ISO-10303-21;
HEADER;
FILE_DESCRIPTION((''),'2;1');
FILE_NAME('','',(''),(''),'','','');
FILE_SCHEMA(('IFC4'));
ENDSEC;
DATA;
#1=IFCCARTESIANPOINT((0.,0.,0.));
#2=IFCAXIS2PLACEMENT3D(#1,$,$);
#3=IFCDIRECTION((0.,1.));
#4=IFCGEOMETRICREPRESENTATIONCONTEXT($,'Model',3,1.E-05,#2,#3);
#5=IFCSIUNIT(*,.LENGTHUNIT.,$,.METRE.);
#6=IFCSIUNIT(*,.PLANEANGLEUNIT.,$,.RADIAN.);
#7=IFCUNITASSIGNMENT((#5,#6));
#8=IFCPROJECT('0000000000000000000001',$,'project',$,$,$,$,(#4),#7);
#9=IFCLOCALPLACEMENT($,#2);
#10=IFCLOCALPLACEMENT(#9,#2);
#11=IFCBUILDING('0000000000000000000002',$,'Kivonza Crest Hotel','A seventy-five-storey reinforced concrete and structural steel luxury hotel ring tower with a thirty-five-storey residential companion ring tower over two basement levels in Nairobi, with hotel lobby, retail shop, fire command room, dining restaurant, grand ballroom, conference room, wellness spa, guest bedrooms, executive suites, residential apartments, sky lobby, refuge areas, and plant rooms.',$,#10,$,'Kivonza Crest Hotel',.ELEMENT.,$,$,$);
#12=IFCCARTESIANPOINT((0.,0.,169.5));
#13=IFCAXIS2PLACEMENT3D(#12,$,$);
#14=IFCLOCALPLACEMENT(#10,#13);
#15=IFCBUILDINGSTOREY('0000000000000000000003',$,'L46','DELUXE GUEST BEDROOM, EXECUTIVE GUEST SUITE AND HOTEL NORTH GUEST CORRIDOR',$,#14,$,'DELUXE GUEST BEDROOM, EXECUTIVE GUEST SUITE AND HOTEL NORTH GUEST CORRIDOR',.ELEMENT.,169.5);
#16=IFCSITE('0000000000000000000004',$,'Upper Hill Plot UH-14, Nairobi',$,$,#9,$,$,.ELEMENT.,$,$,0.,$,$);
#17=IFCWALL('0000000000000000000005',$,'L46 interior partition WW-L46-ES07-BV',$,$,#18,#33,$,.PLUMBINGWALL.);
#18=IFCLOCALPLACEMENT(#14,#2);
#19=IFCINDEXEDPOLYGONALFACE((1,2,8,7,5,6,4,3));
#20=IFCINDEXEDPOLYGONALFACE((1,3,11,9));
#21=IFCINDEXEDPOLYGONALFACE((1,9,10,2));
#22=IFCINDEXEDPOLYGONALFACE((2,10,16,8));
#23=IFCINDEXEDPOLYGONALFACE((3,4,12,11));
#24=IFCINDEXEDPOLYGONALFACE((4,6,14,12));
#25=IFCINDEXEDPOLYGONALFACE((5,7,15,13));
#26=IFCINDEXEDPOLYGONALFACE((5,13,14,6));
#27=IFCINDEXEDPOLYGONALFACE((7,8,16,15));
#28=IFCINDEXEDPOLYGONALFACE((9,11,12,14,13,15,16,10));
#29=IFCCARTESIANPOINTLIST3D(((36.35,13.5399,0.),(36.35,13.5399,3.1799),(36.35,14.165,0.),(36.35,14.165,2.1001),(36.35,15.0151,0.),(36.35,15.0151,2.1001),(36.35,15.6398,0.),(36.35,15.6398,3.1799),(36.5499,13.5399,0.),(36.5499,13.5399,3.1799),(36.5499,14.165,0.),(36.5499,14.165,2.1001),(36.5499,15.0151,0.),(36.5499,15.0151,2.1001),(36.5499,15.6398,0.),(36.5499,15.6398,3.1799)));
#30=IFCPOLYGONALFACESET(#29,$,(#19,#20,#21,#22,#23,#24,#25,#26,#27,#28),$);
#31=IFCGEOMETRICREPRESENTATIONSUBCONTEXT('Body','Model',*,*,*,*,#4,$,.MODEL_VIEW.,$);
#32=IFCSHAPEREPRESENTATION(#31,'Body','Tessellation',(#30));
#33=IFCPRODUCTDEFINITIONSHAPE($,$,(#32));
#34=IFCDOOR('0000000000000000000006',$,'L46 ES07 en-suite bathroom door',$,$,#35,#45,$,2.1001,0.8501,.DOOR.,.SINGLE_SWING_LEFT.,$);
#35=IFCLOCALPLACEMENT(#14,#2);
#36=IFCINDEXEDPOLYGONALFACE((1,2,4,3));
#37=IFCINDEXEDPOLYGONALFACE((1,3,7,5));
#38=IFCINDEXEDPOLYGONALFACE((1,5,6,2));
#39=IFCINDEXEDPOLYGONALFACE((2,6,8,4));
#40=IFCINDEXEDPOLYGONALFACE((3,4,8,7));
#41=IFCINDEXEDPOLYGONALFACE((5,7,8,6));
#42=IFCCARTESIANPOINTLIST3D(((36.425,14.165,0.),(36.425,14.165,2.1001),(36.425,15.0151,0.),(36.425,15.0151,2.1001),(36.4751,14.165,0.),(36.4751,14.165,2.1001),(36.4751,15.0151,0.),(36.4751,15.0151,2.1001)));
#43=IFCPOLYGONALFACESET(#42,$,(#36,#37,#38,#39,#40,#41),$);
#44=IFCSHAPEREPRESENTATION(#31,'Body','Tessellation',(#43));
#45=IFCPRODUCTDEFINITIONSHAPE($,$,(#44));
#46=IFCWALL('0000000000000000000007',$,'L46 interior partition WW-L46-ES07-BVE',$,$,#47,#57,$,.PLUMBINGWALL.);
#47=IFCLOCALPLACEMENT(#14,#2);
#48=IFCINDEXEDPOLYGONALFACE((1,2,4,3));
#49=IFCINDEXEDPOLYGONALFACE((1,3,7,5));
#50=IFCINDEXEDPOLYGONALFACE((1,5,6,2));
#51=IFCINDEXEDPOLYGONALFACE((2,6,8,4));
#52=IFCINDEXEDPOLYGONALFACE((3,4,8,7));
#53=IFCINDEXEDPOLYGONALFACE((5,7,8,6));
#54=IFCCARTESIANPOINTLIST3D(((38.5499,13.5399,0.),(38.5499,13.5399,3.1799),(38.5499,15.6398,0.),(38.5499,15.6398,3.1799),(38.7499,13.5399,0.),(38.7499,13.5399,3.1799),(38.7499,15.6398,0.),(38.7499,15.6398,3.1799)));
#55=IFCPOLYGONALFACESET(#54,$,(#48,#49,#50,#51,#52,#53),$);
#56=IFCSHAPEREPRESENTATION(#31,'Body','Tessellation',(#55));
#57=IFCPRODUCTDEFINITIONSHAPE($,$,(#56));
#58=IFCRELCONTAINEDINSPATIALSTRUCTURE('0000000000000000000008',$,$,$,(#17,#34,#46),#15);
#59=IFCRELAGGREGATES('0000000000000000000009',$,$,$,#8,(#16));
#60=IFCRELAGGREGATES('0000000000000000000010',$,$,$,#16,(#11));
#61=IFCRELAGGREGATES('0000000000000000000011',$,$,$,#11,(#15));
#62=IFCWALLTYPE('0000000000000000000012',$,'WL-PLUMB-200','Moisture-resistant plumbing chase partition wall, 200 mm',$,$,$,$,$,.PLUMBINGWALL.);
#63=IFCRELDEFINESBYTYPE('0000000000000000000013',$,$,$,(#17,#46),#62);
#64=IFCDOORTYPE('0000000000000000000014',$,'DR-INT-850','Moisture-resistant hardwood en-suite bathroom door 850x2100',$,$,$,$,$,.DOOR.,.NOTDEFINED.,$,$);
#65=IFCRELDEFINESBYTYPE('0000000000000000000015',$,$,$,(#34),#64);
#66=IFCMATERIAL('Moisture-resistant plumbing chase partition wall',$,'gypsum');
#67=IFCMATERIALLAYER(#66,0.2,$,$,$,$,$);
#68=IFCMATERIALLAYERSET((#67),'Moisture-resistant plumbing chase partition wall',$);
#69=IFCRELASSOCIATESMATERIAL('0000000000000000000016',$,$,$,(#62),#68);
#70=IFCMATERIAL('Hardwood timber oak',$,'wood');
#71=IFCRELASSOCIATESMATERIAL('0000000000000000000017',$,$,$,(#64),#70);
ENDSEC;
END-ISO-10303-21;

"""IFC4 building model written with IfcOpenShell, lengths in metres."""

from ifc_helpers import new_model, si_unit, direction, frame, frame_2d, origin, place, context, subcontext, project, spatial, rectangle, extrude, material, layer, layer_set, type_object, element, fill, save


model = new_model("IFC4")

# Units and contexts
model_context = context("Model", 3, precision=1e-05, world=origin(), true_north=direction((0.0, 1.0)))
body_context = subcontext(model_context, "Body", "Model", "MODEL_VIEW")
ifc_project = project(units=[si_unit("LENGTHUNIT", "METRE"), si_unit("PLANEANGLEUNIT", "RADIAN")], contexts=[model_context])

# Site, building, storey
site_placement = place(None, origin())
site = spatial("IfcSite", under=ifc_project, at=site_placement, Name="Upper Hill Plot UH-14, Nairobi", CompositionType="ELEMENT", RefElevation=0.0)
building_placement = place(site_placement, origin())
building = spatial("IfcBuilding", under=site, at=building_placement, Name="Kivonza Crest Hotel", Description="A seventy-five-storey reinforced concrete and structural steel luxury hotel ring tower with a thirty-five-storey residential companion ring tower over two basement levels in Nairobi, with hotel lobby, retail shop, fire command room, dining restaurant, grand ballroom, conference room, wellness spa, guest bedrooms, executive suites, residential apartments, sky lobby, refuge areas, and plant rooms.", LongName="Kivonza Crest Hotel", CompositionType="ELEMENT")
storey_placement = place(building_placement, frame((0.0, 0.0, 169.5)))
storey = spatial("IfcBuildingStorey", under=building, at=storey_placement, Name="L46", Description="DELUXE GUEST BEDROOM, EXECUTIVE GUEST SUITE AND HOTEL NORTH GUEST CORRIDOR", LongName="DELUXE GUEST BEDROOM, EXECUTIVE GUEST SUITE AND HOTEL NORTH GUEST CORRIDOR", CompositionType="ELEMENT", Elevation=169.5)

# Shared definitions
ifc_material_1 = material(Name="Hardwood timber oak", Category="wood")

# Wall, opening, door
ifc_material_2 = material(Name="Moisture-resistant plumbing chase partition wall", Category="gypsum")
ifc_layer_1 = layer(ifc_material_2, 0.2)
ifc_layer_set_1 = layer_set([ifc_layer_1], Name="Moisture-resistant plumbing chase partition wall")
wall_type_1 = type_object("IfcWallType", Name="WL-PLUMB-200", Description="Moisture-resistant plumbing chase partition wall, 200 mm", PredefinedType="PLUMBINGWALL", material=ifc_layer_set_1)
wall_1_placement = place(storey_placement, frame((36.45, 13.54, 0.0), z_axis=(0.0, 0.0, 1.0), x_axis=(0.0, 1.0, 0.0)))
wall_1 = element("IfcWall", 1, at=wall_1_placement, inside=storey, type_object=wall_type_1, Name="L46 interior partition WW-L46-ES07-BV", PredefinedType="PLUMBINGWALL", context=body_context, shape_type="SweptSolid", body=[
    extrude(rectangle(XDim=2.0999, YDim=0.2, at=frame_2d((1.0498, 0.0))), origin(), (0.0, 0.0, 1.0), 3.1799),
])
opening_1_placement = place(wall_1_placement, frame((0.625, 0.0, 0.0)))
opening_1 = element("IfcOpeningElement", 2, at=opening_1_placement, cuts=wall_1, PredefinedType="OPENING", context=body_context, shape_type="SweptSolid", body=[
    extrude(rectangle(XDim=0.8501, YDim=2.1001, at=frame_2d((0.425, 1.05))), frame((0.0, 0.1099, 0.0), z_axis=(0.0, -1.0, 0.0), x_axis=(1.0, 0.0, 0.0)), (0.0, 0.0, 1.0), 0.22),
])
door_type_1 = type_object("IfcDoorType", Name="DR-INT-850", Description="Moisture-resistant hardwood en-suite bathroom door 850x2100", OperationType="NOTDEFINED", PredefinedType="DOOR", material=ifc_material_1)
door_1_placement = place(opening_1_placement, origin())
door_1 = element("IfcDoor", 3, at=door_1_placement, inside=storey, type_object=door_type_1, Name="L46 ES07 en-suite bathroom door", OperationType="SINGLE_SWING_LEFT", OverallHeight=2.1001, OverallWidth=0.8501, PredefinedType="DOOR", context=body_context, shape_type="SweptSolid", body=[
    extrude(rectangle(XDim=0.8501, YDim=2.1001, at=frame_2d((0.425, 1.05))), frame((0.0, 0.0249, 0.0), z_axis=(0.0, -1.0, 0.0), x_axis=(1.0, 0.0, 0.0)), (0.0, 0.0, 1.0), 0.05),
])
fill(opening_1, door_1)

# Wall
wall_2_placement = place(storey_placement, frame((38.6499, 13.54, 0.0), z_axis=(0.0, 0.0, 1.0), x_axis=(0.0, 1.0, 0.0)))
element("IfcWall", 4, at=wall_2_placement, inside=storey, type_object=wall_type_1, Name="L46 interior partition WW-L46-ES07-BVE", PredefinedType="PLUMBINGWALL", context=body_context, shape_type="SweptSolid", body=[
    extrude(rectangle(XDim=2.0999, YDim=0.2, at=frame_2d((1.0498, 0.0))), origin(), (0.0, 0.0, 1.0), 3.1799),
])

save(model, "model.ifc")
